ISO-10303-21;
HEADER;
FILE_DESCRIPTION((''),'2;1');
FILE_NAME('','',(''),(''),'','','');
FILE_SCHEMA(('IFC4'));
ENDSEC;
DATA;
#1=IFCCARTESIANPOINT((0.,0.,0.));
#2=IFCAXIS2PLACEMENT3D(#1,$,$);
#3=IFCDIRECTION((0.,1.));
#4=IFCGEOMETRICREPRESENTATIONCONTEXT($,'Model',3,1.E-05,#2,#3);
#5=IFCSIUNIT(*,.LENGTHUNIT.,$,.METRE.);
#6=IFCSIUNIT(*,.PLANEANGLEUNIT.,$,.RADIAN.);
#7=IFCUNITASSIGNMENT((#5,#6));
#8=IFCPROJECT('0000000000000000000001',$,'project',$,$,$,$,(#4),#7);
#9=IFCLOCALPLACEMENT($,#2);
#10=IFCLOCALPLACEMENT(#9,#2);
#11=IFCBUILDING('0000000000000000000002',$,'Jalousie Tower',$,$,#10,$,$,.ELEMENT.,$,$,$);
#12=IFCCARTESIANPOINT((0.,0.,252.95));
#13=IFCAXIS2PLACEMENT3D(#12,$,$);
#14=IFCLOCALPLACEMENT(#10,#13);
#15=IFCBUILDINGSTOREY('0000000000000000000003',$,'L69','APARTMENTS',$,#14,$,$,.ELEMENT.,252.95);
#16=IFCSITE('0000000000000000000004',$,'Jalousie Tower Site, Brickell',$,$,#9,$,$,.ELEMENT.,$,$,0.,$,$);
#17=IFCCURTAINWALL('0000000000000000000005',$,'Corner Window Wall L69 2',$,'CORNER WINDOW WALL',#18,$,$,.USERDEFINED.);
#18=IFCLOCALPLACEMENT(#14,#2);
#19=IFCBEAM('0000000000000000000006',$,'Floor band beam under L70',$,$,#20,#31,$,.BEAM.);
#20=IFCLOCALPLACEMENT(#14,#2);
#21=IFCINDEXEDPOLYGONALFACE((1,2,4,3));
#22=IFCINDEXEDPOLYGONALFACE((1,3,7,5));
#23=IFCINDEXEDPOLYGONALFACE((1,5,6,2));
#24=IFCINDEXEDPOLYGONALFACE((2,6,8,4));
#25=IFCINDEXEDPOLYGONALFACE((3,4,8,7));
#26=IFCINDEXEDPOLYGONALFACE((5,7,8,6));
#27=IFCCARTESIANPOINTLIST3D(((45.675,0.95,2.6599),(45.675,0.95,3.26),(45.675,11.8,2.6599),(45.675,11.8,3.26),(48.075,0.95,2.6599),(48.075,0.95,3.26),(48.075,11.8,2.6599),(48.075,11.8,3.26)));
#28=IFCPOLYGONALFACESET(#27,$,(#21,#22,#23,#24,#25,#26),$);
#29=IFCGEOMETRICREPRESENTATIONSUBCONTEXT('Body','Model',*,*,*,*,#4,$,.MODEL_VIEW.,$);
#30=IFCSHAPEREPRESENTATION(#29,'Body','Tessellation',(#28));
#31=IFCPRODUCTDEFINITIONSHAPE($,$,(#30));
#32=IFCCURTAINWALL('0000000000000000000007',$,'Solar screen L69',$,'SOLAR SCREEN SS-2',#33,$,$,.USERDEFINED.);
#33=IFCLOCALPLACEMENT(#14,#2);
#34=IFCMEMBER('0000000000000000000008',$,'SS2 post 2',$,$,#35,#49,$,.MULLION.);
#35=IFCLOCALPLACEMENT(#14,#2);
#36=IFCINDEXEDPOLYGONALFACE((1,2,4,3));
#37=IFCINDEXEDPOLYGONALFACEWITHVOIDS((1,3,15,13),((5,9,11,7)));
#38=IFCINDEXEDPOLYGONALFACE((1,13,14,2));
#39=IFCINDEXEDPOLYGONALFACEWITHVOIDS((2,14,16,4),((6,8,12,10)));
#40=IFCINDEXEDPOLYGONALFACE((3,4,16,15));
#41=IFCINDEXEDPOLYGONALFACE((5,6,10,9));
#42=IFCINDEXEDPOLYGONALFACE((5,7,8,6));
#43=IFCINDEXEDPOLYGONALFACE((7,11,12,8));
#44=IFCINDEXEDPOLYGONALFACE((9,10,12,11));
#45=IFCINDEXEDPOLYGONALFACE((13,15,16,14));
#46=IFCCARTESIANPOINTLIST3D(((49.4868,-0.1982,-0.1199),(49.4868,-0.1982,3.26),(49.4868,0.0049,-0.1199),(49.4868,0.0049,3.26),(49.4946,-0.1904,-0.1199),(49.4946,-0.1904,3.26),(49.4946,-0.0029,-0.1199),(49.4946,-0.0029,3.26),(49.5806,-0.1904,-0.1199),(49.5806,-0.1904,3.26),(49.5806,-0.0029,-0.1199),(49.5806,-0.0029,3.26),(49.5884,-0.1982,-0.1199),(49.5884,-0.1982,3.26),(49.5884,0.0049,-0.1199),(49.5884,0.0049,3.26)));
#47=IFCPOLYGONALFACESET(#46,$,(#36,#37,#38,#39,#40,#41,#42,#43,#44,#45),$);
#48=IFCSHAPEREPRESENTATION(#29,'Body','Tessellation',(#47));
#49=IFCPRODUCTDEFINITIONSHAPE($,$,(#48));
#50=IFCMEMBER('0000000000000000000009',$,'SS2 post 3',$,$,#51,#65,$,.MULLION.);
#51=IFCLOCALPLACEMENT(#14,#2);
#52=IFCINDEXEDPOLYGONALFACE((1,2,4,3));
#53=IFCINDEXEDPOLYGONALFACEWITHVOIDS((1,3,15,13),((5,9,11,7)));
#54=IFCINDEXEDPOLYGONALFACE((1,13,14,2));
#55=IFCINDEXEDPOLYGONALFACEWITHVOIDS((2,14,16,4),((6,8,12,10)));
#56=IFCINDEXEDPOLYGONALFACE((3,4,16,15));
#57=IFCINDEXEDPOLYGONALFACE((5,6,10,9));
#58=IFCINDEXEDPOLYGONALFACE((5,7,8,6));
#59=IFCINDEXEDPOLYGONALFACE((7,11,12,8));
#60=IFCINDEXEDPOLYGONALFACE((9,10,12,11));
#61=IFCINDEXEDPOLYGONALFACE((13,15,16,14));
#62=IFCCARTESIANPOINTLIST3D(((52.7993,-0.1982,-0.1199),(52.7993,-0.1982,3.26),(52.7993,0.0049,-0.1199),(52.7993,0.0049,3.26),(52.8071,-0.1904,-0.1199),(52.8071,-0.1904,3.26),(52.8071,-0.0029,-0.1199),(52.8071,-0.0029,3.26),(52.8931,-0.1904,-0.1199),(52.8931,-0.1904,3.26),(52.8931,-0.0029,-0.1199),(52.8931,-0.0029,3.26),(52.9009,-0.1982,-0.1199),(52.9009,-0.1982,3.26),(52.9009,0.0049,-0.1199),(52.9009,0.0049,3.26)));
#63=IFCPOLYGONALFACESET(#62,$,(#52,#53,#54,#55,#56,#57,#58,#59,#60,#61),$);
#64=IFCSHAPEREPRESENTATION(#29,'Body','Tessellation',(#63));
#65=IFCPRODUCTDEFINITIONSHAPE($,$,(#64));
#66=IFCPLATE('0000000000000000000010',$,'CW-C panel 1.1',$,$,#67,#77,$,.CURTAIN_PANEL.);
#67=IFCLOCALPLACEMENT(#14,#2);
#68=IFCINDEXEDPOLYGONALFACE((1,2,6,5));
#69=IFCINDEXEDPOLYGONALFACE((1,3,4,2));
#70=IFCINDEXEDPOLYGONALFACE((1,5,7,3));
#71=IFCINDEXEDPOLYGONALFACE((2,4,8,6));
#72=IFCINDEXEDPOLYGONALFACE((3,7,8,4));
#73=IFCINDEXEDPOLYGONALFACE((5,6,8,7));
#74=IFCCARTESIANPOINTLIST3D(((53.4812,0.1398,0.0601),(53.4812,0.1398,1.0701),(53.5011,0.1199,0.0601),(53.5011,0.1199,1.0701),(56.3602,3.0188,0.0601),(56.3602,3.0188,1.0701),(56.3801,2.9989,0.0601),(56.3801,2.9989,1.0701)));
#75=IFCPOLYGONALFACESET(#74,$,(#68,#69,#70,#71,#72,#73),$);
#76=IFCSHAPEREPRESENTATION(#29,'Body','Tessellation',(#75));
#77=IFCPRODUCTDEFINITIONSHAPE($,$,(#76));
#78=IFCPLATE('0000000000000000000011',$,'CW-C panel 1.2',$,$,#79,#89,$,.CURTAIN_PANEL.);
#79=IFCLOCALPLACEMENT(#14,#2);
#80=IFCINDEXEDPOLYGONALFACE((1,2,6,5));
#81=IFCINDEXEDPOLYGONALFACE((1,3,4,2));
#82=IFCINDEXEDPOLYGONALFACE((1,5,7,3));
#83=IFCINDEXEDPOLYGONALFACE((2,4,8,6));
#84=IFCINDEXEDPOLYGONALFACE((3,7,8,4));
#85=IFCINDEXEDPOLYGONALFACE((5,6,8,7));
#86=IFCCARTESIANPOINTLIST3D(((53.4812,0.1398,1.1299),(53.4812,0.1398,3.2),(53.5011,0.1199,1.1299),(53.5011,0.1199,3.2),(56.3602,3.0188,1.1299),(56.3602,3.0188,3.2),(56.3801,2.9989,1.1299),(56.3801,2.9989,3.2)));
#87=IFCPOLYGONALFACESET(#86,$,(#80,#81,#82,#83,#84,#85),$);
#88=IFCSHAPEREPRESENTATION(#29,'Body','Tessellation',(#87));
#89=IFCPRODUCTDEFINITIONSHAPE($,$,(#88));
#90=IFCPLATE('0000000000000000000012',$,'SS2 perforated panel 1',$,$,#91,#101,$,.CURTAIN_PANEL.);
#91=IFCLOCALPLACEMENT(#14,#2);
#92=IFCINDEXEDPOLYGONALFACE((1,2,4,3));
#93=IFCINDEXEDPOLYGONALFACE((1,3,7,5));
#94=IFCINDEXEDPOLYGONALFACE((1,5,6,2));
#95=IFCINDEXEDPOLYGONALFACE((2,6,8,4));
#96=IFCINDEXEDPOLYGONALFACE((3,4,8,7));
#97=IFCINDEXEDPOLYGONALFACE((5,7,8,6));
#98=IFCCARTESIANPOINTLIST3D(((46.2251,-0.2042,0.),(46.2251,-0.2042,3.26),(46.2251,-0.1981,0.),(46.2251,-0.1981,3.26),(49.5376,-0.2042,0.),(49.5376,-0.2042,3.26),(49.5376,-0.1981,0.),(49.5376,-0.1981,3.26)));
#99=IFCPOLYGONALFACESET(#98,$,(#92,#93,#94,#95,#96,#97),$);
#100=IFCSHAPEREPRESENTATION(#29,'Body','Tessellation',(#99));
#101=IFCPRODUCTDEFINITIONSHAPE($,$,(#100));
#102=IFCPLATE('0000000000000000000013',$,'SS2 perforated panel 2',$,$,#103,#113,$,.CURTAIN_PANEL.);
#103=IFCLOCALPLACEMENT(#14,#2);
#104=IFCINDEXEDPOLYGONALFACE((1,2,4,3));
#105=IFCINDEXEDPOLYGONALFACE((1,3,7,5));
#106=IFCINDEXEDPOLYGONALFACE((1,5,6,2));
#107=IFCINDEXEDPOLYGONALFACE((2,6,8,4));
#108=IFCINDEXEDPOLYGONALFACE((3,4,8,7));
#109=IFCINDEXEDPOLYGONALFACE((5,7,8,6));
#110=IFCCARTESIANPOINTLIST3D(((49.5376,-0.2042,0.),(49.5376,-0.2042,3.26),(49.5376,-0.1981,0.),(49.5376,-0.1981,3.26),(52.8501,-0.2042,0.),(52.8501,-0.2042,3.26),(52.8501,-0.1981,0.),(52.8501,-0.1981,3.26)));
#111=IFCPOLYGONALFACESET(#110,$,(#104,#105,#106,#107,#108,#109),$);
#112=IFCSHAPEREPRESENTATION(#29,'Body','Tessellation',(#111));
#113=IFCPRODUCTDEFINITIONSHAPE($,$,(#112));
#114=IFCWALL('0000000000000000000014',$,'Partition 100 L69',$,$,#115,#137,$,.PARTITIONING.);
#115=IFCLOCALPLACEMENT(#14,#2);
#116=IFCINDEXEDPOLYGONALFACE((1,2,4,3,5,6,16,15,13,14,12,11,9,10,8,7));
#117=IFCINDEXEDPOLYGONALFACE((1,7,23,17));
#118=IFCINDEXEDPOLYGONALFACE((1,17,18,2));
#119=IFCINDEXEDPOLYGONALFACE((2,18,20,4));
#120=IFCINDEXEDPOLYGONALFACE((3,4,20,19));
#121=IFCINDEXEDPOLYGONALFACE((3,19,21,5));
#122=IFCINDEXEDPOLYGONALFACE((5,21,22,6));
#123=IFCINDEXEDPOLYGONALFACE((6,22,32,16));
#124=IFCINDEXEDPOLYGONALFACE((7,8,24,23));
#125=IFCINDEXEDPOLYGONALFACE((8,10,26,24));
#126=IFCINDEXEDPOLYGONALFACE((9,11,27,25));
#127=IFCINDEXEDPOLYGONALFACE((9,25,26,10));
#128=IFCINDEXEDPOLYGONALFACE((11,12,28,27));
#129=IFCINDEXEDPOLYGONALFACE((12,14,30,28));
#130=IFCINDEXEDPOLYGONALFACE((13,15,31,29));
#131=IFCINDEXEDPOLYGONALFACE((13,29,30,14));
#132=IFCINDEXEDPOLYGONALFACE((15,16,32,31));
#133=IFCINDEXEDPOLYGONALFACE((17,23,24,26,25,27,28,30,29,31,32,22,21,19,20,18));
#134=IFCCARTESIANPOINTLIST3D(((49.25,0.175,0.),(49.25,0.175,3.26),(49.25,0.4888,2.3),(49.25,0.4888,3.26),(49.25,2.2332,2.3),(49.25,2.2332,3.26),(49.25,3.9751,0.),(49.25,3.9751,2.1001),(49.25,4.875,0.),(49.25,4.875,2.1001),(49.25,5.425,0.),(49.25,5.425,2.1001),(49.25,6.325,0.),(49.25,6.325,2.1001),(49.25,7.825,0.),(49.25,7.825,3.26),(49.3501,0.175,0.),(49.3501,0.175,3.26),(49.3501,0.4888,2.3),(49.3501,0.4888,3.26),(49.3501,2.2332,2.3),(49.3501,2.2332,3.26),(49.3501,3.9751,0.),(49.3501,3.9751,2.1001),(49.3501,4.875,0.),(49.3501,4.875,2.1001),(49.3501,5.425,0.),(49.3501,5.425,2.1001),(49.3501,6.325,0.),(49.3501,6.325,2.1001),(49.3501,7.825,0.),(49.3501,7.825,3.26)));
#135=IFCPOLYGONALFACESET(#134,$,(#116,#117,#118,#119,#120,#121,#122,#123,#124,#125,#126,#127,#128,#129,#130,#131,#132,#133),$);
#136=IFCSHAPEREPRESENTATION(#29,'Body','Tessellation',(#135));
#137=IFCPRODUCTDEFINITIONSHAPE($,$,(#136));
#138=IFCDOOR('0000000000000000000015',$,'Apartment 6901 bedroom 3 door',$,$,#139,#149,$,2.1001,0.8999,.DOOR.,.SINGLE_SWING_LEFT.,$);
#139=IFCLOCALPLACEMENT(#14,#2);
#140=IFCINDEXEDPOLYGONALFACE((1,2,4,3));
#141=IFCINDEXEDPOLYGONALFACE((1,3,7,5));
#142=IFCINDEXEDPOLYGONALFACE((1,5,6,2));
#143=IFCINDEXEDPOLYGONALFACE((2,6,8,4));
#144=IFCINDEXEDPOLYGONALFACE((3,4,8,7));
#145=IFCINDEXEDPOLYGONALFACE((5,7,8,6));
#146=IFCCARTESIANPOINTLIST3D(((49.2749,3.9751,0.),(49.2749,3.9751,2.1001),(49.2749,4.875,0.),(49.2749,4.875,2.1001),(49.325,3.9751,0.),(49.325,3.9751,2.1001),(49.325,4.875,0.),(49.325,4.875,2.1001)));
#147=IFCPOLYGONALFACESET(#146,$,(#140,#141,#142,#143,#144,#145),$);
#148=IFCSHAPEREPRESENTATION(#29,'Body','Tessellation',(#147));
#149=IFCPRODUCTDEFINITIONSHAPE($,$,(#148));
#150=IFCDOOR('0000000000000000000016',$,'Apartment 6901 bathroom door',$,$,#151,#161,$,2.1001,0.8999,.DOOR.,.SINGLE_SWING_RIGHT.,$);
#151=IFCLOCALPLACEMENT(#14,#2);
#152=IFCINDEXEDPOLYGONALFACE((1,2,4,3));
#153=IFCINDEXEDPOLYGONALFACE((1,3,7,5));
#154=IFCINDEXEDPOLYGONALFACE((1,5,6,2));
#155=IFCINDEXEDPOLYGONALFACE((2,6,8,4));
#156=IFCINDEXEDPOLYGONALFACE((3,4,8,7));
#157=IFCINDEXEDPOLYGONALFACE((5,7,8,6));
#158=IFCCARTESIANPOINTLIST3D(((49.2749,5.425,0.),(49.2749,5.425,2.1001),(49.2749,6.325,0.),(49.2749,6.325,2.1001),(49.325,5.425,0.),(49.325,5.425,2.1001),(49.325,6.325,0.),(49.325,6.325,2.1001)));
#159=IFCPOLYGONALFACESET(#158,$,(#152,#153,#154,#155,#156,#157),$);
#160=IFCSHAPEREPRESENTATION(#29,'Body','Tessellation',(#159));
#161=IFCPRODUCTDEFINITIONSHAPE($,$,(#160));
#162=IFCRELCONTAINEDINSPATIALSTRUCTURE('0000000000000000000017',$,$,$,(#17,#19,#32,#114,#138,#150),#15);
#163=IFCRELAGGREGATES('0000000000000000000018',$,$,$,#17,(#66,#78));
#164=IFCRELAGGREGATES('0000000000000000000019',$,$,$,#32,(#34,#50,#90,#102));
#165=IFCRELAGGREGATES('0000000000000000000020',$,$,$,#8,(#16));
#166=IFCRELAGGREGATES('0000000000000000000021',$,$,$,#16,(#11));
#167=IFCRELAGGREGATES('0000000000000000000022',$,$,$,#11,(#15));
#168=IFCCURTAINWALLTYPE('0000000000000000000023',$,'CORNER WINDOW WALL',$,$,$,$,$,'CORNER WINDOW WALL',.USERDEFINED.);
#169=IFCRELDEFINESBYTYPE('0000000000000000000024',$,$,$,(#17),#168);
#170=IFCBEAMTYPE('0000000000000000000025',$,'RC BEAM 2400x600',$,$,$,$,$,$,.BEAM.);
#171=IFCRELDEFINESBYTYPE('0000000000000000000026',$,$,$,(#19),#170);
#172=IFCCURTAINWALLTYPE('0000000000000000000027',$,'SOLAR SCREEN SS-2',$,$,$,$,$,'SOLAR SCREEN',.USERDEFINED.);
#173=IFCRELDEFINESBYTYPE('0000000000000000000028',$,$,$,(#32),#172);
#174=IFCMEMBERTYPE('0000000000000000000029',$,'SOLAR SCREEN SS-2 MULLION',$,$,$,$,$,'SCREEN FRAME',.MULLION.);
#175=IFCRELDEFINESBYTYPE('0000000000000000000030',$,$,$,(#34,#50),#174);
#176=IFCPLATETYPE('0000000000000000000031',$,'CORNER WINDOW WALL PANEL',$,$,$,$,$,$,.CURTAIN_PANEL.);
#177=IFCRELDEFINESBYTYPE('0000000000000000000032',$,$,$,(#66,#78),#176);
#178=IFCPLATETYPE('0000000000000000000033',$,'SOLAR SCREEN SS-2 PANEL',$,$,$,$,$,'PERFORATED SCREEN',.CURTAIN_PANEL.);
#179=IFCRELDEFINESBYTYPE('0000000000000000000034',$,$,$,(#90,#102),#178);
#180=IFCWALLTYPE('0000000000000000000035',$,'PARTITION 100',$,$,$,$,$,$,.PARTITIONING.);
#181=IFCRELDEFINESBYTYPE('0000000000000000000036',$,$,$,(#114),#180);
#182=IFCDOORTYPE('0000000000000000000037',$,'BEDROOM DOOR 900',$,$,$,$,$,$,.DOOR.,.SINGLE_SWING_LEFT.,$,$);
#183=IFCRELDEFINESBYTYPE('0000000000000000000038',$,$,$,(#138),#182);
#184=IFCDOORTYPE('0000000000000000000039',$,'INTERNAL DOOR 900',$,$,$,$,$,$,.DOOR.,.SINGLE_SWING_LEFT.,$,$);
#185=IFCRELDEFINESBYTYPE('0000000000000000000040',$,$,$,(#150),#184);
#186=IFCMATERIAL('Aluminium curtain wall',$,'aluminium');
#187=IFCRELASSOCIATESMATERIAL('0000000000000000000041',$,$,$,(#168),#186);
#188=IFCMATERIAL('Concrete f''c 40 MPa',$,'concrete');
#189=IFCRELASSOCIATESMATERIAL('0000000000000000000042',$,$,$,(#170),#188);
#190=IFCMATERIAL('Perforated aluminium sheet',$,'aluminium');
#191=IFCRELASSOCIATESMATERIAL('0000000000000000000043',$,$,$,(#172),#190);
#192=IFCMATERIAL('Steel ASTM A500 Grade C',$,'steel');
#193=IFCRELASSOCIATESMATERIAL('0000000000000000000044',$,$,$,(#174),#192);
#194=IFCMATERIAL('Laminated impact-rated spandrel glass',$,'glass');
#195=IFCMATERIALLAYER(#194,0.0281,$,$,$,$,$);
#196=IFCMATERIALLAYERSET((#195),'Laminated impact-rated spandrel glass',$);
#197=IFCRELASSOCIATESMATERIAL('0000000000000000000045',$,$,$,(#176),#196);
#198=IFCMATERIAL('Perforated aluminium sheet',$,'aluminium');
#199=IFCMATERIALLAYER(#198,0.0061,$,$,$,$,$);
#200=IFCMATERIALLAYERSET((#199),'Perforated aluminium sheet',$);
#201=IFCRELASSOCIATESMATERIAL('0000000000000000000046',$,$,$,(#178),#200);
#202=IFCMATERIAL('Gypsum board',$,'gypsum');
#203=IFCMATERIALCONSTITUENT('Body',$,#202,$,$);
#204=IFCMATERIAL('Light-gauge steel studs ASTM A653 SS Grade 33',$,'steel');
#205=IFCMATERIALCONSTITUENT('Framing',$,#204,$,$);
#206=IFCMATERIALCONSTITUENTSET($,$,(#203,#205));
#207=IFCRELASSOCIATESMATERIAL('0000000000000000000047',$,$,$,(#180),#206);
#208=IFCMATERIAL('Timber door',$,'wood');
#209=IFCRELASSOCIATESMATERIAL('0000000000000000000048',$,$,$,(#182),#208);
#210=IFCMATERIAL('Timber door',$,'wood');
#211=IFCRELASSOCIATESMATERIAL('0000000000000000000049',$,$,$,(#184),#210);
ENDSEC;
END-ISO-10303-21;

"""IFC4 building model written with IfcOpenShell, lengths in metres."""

from ifc_helpers import new_model, si_unit, direction, frame, frame_2d, origin, origin_2d, place, context, subcontext, project, spatial, polyline, rectangle, hollow_rectangle, outline, extrude, material, layer, layer_set, constituent, constituent_set, material_profile, profile_set, type_object, element, fill, aggregate, save


model = new_model("IFC4")

# Units and contexts
model_context = context("Model", 3, precision=1e-05, world=origin(), true_north=direction((0.0, 1.0)))
body_context = subcontext(model_context, "Body", "Model", "MODEL_VIEW")
ifc_project = project(units=[si_unit("LENGTHUNIT", "METRE"), si_unit("PLANEANGLEUNIT", "RADIAN")], contexts=[model_context])

# Site, building, storey
site_placement = place(None, origin())
site = spatial("IfcSite", under=ifc_project, at=site_placement, Name="Jalousie Tower Site, Brickell", CompositionType="ELEMENT", RefElevation=0.0)
building_placement = place(site_placement, origin())
building = spatial("IfcBuilding", under=site, at=building_placement, Name="Jalousie Tower", CompositionType="ELEMENT")
storey_placement = place(building_placement, frame((0.0, 0.0, 252.95)))
storey = spatial("IfcBuildingStorey", under=building, at=storey_placement, Name="L69", Description="APARTMENTS", CompositionType="ELEMENT", Elevation=252.95)

# Curtain wall
ifc_material_1 = material(Name="Aluminium curtain wall", Category="aluminium")
curtain_wall_type_1 = type_object("IfcCurtainWallType", Name="CORNER WINDOW WALL", ElementType="CORNER WINDOW WALL", PredefinedType="USERDEFINED", material=ifc_material_1)
curtain_wall_1_placement = place(storey_placement, origin())
curtain_wall_1 = element("IfcCurtainWall", 1, at=curtain_wall_1_placement, inside=storey, type_object=curtain_wall_type_1, Name="Corner Window Wall L69 2", ObjectType="CORNER WINDOW WALL", PredefinedType="USERDEFINED")

# Beam
ifc_material_2 = material(Name="Concrete f'c 40 MPa", Category="concrete")
ifc_material_profile_1 = material_profile(ifc_material_2, rectangle(XDim=2.3999, YDim=0.6001, at=origin_2d()), Name="RC 2400x600")
ifc_profile_set_1 = profile_set([ifc_material_profile_1], Name="Concrete f'c 40 MPa")
beam_type_1 = type_object("IfcBeamType", Name="RC BEAM 2400x600", PredefinedType="BEAM", material=ifc_profile_set_1)
beam_1_placement = place(storey_placement, frame((46.875, 0.95, 2.96), z_axis=(0.0, 1.0, 0.0), x_axis=(-1.0, 0.0, 0.0)))
element("IfcBeam", 2, at=beam_1_placement, inside=storey, type_object=beam_type_1, Name="Floor band beam under L70", PredefinedType="BEAM", context=body_context, shape_type="SweptSolid", body=[
    extrude(rectangle(XDim=2.3999, YDim=0.6001, at=origin_2d()), origin(), (0.0, 0.0, 1.0), 10.8501),
])

# Curtain wall, members
ifc_material_3 = material(Name="Perforated aluminium sheet", Category="aluminium")
curtain_wall_type_2 = type_object("IfcCurtainWallType", Name="SOLAR SCREEN SS-2", ElementType="SOLAR SCREEN", PredefinedType="USERDEFINED", material=ifc_material_3)
curtain_wall_2_placement = place(storey_placement, origin())
curtain_wall_2 = element("IfcCurtainWall", 3, at=curtain_wall_2_placement, inside=storey, type_object=curtain_wall_type_2, Name="Solar screen L69", ObjectType="SOLAR SCREEN SS-2", PredefinedType="USERDEFINED")
ifc_material_4 = material(Name="Steel ASTM A500 Grade C", Category="steel")
ifc_material_profile_2 = material_profile(ifc_material_4, hollow_rectangle(XDim=0.1016, YDim=0.2031, WallThickness=0.0078, at=origin_2d()), Name="HSS8X4X5/16")
ifc_profile_set_2 = profile_set([ifc_material_profile_2], Name="Steel ASTM A500 Grade C")
member_type_1 = type_object("IfcMemberType", Name="SOLAR SCREEN SS-2 MULLION", ElementType="SCREEN FRAME", PredefinedType="MULLION", material=ifc_profile_set_2)
member_1_placement = place(storey_placement, frame((49.5376, -0.0967, -0.1199), z_axis=(0.0, 0.0, 1.0), x_axis=(1.0, 0.0, 0.0)))
member_1 = element("IfcMember", 4, at=member_1_placement, type_object=member_type_1, Name="SS2 post 2", PredefinedType="MULLION", context=body_context, shape_type="SweptSolid", body=[
    extrude(hollow_rectangle(XDim=0.1016, YDim=0.2031, WallThickness=0.0078, at=origin_2d()), origin(), (0.0, 0.0, 1.0), 3.3799),
])
member_2_placement = place(storey_placement, frame((52.8501, -0.0967, -0.1199), z_axis=(0.0, 0.0, 1.0), x_axis=(1.0, 0.0, 0.0)))
member_2 = element("IfcMember", 5, at=member_2_placement, type_object=member_type_1, Name="SS2 post 3", PredefinedType="MULLION", context=body_context, shape_type="SweptSolid", body=[
    extrude(hollow_rectangle(XDim=0.1016, YDim=0.2031, WallThickness=0.0078, at=origin_2d()), origin(), (0.0, 0.0, 1.0), 3.3799),
])

# Plates
ifc_material_5 = material(Name="Laminated impact-rated spandrel glass", Category="glass")
ifc_layer_1 = layer(ifc_material_5, 0.0281)
ifc_layer_set_1 = layer_set([ifc_layer_1], Name="Laminated impact-rated spandrel glass")
plate_type_1 = type_object("IfcPlateType", Name="CORNER WINDOW WALL PANEL", PredefinedType="CURTAIN_PANEL", material=ifc_layer_set_1)
plate_1_placement = place(storey_placement, frame((54.9307, 1.5693, 0.0601), z_axis=(0.0, 0.0, 1.0), x_axis=(0.707107, 0.707107, 0.0)))
plate_1 = element("IfcPlate", 6, at=plate_1_placement, type_object=plate_type_1, Name="CW-C panel 1.1", PredefinedType="CURTAIN_PANEL", context=body_context, shape_type="SweptSolid", body=[
    extrude(rectangle(XDim=4.0715, YDim=0.0281, at=origin_2d()), origin(), (0.0, 0.0, 1.0), 1.01),
])
plate_2_placement = place(storey_placement, frame((54.9307, 1.5693, 1.1299), z_axis=(0.0, 0.0, 1.0), x_axis=(0.707107, 0.707107, 0.0)))
plate_2 = element("IfcPlate", 7, at=plate_2_placement, type_object=plate_type_1, Name="CW-C panel 1.2", PredefinedType="CURTAIN_PANEL", context=body_context, shape_type="SweptSolid", body=[
    extrude(rectangle(XDim=4.0715, YDim=0.0281, at=origin_2d()), origin(), (0.0, 0.0, 1.0), 2.0701),
])
aggregate(curtain_wall_1, [plate_1, plate_2])
ifc_material_6 = material(Name="Perforated aluminium sheet", Category="aluminium")
ifc_layer_2 = layer(ifc_material_6, 0.0061)
ifc_layer_set_2 = layer_set([ifc_layer_2], Name="Perforated aluminium sheet")
plate_type_2 = type_object("IfcPlateType", Name="SOLAR SCREEN SS-2 PANEL", ElementType="PERFORATED SCREEN", PredefinedType="CURTAIN_PANEL", material=ifc_layer_set_2)
plate_3_placement = place(storey_placement, frame((47.8813, -0.2012, 0.0), z_axis=(0.0, 0.0, 1.0), x_axis=(1.0, 0.0, 0.0)))
plate_3 = element("IfcPlate", 8, at=plate_3_placement, type_object=plate_type_2, Name="SS2 perforated panel 1", PredefinedType="CURTAIN_PANEL", context=body_context, shape_type="SweptSolid", body=[
    extrude(rectangle(XDim=3.3125, YDim=0.0061, at=origin_2d()), origin(), (0.0, 0.0, 1.0), 3.26),
])
plate_4_placement = place(storey_placement, frame((51.1938, -0.2012, 0.0), z_axis=(0.0, 0.0, 1.0), x_axis=(1.0, 0.0, 0.0)))
plate_4 = element("IfcPlate", 9, at=plate_4_placement, type_object=plate_type_2, Name="SS2 perforated panel 2", PredefinedType="CURTAIN_PANEL", context=body_context, shape_type="SweptSolid", body=[
    extrude(rectangle(XDim=3.3125, YDim=0.0061, at=origin_2d()), origin(), (0.0, 0.0, 1.0), 3.26),
])
aggregate(curtain_wall_2, [member_1, member_2, plate_3, plate_4])

# Wall, openings, doors
ifc_material_7 = material(Name="Gypsum board", Category="gypsum")
ifc_constituent_1 = constituent(ifc_material_7, Name="Body")
ifc_material_8 = material(Name="Light-gauge steel studs ASTM A653 SS Grade 33", Category="steel")
ifc_constituent_2 = constituent(ifc_material_8, Name="Framing")
ifc_constituent_set = constituent_set(constituents=[ifc_constituent_1, ifc_constituent_2])
wall_type = type_object("IfcWallType", Name="PARTITION 100", PredefinedType="PARTITIONING", material=ifc_constituent_set)
wall_1_placement = place(storey_placement, frame((49.3, 0.175, 0.0), z_axis=(0.0, 0.0, 1.0), x_axis=(0.0, 1.0, 0.0)))
wall_1 = element("IfcWall", 10, at=wall_1_placement, inside=storey, type_object=wall_type, Name="Partition 100 L69", PredefinedType="PARTITIONING", context=body_context, shape_type="SweptSolid", body=[
    extrude(outline(polyline([(0.0, 0.0), (7.6499, 0.0), (7.6499, 3.26), (2.0581, 3.26), (2.0581, 2.3), (0.3137, 2.3), (0.3137, 3.26), (0.0, 3.26), (0.0, 0.0)])), frame((0.0, 0.05, 0.0), z_axis=(0.0, -1.0, 0.0), x_axis=(1.0, 0.0, 0.0)), (0.0, 0.0, 1.0), 0.1001),
])
opening_1_placement = place(wall_1_placement, frame((3.8, 0.0, 0.0)))
opening_1 = element("IfcOpeningElement", 11, at=opening_1_placement, cuts=wall_1, PredefinedType="OPENING", context=body_context, shape_type="SweptSolid", body=[
    extrude(rectangle(XDim=0.8999, YDim=2.1001, at=frame_2d((0.45, 1.05))), frame((0.0, 0.0601, 0.0), z_axis=(0.0, -1.0, 0.0), x_axis=(1.0, 0.0, 0.0)), (0.0, 0.0, 1.0), 0.1201),
])
opening_2_placement = place(wall_1_placement, frame((5.25, 0.0, 0.0)))
opening_2 = element("IfcOpeningElement", 12, at=opening_2_placement, cuts=wall_1, PredefinedType="OPENING", context=body_context, shape_type="SweptSolid", body=[
    extrude(rectangle(XDim=0.8999, YDim=2.1001, at=frame_2d((0.45, 1.05))), frame((0.0, 0.0601, 0.0), z_axis=(0.0, -1.0, 0.0), x_axis=(1.0, 0.0, 0.0)), (0.0, 0.0, 1.0), 0.1201),
])
ifc_material_9 = material(Name="Timber door", Category="wood")
door_type_1 = type_object("IfcDoorType", Name="BEDROOM DOOR 900", OperationType="SINGLE_SWING_LEFT", PredefinedType="DOOR", material=ifc_material_9)
door_1_placement = place(opening_1_placement, frame((0.8999, 0.0, 0.0), z_axis=(0.0, 0.0, 1.0), x_axis=(-1.0, 0.0, 0.0)))
door_1 = element("IfcDoor", 13, at=door_1_placement, inside=storey, type_object=door_type_1, Name="Apartment 6901 bedroom 3 door", OperationType="SINGLE_SWING_LEFT", OverallHeight=2.1001, OverallWidth=0.8999, PredefinedType="DOOR", context=body_context, shape_type="SweptSolid", body=[
    extrude(rectangle(XDim=0.8999, YDim=2.1001, at=frame_2d((0.45, 1.05))), frame((0.0, 0.0249, 0.0), z_axis=(0.0, -1.0, 0.0), x_axis=(1.0, 0.0, 0.0)), (0.0, 0.0, 1.0), 0.05),
])
fill(opening_1, door_1)
ifc_material_10 = material(Name="Timber door", Category="wood")
door_type_2 = type_object("IfcDoorType", Name="INTERNAL DOOR 900", OperationType="SINGLE_SWING_LEFT", PredefinedType="DOOR", material=ifc_material_10)
door_2_placement = place(opening_2_placement, frame((0.8999, 0.0, 0.0), z_axis=(0.0, 0.0, 1.0), x_axis=(-1.0, 0.0, 0.0)))
door_2 = element("IfcDoor", 14, at=door_2_placement, inside=storey, type_object=door_type_2, Name="Apartment 6901 bathroom door", OperationType="SINGLE_SWING_RIGHT", OverallHeight=2.1001, OverallWidth=0.8999, PredefinedType="DOOR", context=body_context, shape_type="SweptSolid", body=[
    extrude(rectangle(XDim=0.8999, YDim=2.1001, at=frame_2d((0.45, 1.05))), frame((0.0, 0.0249, 0.0), z_axis=(0.0, -1.0, 0.0), x_axis=(1.0, 0.0, 0.0)), (0.0, 0.0, 1.0), 0.05),
])
fill(opening_2, door_2)

save(model, "model.ifc")
